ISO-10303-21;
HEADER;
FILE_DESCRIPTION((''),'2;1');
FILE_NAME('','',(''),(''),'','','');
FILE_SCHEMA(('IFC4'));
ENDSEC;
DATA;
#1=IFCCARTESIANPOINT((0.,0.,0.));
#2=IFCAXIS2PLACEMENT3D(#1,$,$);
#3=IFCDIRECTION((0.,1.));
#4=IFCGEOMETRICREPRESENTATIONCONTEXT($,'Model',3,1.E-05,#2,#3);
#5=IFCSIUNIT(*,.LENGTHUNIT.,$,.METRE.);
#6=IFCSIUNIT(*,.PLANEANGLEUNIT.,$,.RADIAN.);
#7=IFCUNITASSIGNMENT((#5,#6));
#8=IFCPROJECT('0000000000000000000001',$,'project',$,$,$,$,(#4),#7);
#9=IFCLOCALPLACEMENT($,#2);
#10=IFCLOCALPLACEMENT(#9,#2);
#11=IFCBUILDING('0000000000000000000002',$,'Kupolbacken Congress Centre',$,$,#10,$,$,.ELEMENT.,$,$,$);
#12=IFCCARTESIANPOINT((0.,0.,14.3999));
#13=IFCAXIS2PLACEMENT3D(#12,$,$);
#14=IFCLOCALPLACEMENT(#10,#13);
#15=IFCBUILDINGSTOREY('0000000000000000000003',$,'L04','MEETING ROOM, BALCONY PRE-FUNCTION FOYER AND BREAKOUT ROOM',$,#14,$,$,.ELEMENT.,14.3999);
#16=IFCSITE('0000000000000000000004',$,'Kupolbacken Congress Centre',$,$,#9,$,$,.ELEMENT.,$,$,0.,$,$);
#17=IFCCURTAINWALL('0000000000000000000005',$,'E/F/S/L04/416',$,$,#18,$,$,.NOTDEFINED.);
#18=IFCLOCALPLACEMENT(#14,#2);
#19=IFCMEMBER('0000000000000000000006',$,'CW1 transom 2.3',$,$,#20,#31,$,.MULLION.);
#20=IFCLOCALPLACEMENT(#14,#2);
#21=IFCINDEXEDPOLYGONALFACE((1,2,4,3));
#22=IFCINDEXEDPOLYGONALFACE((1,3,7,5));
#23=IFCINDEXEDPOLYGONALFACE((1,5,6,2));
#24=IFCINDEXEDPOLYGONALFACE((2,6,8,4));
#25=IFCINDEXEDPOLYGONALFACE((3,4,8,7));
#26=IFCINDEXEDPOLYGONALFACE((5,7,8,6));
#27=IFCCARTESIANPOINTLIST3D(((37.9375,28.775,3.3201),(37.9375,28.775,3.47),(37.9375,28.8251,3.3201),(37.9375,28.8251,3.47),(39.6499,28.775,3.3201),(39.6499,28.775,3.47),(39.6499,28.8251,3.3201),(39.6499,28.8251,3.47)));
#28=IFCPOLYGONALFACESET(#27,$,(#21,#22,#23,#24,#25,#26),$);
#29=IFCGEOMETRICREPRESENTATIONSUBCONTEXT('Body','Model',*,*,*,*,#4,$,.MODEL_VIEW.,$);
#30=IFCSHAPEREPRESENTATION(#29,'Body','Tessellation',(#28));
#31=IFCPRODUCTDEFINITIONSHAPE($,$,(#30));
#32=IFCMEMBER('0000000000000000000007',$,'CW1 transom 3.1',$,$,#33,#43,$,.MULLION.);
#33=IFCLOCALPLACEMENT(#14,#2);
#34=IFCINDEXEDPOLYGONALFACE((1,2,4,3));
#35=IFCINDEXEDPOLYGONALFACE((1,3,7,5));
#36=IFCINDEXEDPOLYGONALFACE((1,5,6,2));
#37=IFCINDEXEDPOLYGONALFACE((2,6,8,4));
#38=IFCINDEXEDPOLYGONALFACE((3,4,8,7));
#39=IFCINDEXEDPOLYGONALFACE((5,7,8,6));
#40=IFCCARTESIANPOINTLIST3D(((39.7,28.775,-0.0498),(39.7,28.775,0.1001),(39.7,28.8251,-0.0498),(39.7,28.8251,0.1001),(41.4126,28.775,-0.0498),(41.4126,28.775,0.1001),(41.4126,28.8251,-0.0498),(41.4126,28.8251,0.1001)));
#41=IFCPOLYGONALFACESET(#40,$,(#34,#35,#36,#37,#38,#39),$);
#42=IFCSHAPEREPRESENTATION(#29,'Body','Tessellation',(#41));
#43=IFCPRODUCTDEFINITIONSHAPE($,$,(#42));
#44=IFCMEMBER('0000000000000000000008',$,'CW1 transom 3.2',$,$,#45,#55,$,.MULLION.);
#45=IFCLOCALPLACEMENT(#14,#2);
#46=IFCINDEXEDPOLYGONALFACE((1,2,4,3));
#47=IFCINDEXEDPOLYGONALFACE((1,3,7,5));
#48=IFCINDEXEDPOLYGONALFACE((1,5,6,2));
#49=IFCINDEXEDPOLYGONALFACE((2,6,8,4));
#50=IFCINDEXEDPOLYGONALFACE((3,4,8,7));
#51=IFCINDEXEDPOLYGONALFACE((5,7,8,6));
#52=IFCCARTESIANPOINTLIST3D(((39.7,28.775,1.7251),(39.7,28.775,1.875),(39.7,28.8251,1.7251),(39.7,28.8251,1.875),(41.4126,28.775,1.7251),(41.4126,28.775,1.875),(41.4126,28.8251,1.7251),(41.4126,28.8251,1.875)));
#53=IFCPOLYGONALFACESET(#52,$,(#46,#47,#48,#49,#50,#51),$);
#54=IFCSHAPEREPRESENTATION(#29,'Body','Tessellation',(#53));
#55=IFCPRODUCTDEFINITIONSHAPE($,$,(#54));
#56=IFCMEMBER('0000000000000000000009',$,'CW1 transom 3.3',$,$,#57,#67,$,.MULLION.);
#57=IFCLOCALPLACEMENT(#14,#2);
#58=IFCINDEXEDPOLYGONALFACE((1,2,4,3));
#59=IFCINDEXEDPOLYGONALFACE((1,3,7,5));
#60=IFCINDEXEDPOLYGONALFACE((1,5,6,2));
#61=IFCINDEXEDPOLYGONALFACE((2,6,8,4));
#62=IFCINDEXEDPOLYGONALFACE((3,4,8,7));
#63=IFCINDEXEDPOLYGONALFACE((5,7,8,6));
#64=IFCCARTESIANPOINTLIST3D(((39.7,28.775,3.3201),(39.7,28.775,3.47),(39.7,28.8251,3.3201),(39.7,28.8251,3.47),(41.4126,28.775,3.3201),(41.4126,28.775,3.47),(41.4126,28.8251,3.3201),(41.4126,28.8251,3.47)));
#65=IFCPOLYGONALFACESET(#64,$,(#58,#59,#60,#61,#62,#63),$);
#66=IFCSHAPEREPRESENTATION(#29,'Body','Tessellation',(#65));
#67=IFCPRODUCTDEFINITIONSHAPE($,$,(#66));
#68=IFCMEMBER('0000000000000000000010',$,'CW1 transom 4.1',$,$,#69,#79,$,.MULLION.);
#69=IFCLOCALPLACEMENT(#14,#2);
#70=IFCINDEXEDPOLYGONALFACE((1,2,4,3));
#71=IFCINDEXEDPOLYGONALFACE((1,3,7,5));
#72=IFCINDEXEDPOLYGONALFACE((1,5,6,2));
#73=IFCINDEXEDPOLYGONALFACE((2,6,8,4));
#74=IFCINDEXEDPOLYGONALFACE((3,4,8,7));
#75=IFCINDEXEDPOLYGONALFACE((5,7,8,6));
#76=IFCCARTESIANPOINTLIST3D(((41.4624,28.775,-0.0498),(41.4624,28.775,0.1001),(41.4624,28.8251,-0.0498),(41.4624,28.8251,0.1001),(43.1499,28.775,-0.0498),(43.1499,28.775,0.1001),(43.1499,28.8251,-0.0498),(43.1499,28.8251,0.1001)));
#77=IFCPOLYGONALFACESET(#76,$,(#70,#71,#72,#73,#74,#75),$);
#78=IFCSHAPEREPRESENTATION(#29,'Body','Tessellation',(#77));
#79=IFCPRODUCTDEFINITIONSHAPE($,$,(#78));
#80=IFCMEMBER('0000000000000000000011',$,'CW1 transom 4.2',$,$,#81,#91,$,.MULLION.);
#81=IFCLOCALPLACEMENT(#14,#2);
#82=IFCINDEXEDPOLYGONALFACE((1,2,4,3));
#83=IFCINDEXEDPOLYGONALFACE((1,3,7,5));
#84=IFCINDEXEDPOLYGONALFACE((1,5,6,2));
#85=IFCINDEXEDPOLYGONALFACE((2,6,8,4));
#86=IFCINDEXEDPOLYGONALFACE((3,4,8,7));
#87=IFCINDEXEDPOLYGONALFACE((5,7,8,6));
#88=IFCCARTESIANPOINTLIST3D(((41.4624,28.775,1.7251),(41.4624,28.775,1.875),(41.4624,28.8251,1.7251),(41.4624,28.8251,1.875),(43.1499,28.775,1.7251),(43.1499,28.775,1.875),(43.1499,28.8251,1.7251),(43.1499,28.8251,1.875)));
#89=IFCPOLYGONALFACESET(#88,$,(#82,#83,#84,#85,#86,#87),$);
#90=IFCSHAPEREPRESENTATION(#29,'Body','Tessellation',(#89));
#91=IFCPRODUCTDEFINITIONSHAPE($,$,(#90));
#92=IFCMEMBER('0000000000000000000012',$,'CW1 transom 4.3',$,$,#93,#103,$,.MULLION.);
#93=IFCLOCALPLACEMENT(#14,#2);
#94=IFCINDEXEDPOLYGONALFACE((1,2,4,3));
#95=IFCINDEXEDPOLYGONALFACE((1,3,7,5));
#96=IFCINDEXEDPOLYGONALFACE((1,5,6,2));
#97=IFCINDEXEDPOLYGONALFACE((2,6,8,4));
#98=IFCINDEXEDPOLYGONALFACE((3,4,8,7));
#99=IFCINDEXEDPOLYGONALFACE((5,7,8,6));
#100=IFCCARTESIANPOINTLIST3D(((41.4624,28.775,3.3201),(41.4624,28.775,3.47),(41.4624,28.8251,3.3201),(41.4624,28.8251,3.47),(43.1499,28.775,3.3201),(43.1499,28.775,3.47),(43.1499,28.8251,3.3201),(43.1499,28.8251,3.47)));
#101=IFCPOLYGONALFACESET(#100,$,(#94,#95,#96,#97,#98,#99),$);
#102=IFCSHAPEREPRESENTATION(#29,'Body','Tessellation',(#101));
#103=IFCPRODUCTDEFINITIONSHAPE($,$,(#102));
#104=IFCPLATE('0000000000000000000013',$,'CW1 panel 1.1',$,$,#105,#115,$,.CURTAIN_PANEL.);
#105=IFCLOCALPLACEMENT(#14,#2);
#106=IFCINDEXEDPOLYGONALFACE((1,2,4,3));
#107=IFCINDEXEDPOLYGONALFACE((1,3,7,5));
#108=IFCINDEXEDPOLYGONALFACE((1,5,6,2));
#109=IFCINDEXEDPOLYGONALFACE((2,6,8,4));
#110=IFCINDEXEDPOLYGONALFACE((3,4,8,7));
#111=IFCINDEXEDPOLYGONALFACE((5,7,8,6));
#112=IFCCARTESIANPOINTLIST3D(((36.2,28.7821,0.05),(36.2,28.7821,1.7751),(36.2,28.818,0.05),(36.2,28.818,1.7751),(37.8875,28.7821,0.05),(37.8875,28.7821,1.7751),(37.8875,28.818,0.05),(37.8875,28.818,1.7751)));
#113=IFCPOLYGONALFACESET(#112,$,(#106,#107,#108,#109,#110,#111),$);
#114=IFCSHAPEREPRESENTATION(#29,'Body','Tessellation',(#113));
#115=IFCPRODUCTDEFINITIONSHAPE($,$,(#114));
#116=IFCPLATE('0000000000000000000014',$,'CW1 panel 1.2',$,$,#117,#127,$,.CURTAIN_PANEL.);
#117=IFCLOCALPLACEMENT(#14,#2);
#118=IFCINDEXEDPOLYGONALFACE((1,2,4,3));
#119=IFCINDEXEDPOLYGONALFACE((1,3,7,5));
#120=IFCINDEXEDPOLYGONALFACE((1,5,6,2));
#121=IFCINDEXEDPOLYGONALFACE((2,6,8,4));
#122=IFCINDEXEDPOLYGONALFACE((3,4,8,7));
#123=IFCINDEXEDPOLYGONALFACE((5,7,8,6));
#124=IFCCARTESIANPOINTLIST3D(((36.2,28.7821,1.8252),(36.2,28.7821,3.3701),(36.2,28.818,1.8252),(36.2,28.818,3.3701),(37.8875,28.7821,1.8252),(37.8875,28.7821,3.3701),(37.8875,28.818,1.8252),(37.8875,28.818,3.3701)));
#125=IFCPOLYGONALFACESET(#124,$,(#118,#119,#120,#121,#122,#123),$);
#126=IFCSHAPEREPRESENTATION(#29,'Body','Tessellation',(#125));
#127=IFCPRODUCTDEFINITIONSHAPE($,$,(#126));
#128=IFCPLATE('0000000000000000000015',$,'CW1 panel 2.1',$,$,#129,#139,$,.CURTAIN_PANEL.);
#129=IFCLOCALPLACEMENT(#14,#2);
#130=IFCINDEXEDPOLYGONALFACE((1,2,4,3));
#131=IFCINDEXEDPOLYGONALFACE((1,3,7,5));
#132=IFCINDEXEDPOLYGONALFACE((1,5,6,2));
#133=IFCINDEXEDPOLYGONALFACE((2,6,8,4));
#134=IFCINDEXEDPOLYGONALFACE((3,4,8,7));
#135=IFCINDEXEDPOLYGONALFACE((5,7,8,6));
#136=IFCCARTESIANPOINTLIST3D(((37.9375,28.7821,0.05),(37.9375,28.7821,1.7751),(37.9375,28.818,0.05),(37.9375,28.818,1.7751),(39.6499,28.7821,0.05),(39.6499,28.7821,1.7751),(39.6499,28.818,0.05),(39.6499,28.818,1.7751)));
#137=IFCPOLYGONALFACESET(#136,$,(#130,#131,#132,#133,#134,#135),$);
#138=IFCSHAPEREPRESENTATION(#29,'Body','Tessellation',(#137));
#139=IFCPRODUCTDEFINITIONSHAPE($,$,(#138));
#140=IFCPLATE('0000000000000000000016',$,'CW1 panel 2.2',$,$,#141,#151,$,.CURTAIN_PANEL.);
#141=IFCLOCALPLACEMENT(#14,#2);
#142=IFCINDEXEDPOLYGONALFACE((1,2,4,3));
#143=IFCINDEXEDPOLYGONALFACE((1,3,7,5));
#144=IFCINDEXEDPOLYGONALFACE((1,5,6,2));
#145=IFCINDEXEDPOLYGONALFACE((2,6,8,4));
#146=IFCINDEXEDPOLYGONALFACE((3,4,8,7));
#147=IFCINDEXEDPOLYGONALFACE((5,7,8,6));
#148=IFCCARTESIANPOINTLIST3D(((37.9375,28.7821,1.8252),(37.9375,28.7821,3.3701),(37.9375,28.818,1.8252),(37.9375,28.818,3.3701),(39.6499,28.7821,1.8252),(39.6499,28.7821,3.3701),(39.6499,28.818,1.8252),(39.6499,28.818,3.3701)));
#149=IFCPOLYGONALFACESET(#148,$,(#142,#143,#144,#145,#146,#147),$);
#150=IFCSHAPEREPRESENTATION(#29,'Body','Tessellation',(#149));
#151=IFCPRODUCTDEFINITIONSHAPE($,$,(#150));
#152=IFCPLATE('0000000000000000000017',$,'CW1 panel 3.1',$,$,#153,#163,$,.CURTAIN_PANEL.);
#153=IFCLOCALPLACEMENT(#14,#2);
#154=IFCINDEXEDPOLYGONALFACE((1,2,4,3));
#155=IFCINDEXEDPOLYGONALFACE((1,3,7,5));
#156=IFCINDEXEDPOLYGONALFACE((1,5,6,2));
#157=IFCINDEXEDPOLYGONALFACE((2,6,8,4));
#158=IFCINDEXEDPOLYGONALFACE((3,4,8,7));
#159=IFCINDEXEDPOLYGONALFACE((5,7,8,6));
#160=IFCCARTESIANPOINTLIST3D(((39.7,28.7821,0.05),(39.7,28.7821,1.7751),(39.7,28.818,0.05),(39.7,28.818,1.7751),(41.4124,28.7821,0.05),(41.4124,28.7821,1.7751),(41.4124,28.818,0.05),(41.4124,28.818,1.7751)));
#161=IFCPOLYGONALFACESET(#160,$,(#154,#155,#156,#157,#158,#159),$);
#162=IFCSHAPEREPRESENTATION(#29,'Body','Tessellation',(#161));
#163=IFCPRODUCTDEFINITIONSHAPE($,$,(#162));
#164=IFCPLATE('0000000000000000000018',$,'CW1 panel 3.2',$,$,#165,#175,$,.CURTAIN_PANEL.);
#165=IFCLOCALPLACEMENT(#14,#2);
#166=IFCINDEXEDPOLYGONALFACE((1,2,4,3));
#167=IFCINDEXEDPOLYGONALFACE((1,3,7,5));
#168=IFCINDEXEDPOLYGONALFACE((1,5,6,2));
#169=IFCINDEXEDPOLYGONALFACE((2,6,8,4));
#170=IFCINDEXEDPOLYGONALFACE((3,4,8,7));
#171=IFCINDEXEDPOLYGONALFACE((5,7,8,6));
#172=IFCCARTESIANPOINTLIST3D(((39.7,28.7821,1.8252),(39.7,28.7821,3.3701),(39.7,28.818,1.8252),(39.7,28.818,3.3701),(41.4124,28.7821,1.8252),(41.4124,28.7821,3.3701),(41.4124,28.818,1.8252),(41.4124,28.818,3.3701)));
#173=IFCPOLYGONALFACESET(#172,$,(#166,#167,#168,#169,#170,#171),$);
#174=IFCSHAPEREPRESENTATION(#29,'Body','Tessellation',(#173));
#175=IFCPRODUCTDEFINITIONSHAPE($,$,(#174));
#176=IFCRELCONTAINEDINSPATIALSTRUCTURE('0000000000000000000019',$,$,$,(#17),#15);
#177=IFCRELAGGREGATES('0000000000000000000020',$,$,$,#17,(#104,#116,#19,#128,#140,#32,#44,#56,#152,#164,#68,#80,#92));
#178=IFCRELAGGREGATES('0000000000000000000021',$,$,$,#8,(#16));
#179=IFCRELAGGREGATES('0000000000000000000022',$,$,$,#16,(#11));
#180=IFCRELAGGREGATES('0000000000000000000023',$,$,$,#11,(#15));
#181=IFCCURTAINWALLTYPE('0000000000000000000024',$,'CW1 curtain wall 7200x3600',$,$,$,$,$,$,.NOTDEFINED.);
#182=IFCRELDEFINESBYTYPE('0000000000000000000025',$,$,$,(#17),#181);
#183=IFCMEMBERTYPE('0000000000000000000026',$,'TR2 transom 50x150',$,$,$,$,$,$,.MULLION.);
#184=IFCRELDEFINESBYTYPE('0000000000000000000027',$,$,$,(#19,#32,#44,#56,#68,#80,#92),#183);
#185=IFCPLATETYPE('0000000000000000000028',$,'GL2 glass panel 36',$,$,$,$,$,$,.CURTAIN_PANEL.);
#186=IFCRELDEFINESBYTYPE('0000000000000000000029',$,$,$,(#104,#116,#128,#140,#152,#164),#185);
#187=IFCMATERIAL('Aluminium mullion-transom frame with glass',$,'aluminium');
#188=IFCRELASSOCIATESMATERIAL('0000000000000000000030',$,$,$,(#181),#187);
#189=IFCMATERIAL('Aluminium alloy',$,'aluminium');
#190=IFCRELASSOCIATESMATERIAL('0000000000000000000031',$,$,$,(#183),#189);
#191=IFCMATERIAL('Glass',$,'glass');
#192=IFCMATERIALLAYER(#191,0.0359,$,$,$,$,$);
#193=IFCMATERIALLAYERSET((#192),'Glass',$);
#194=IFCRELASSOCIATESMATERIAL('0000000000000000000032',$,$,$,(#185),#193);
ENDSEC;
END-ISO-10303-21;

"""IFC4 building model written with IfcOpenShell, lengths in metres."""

from ifc_helpers import new_model, si_unit, direction, frame, origin, origin_2d, place, context, subcontext, project, spatial, rectangle, extrude, material, layer, layer_set, material_profile, profile_set, type_object, element, aggregate, save


model = new_model("IFC4")

# Units and contexts
model_context = context("Model", 3, precision=1e-05, world=origin(), true_north=direction((0.0, 1.0)))
body_context = subcontext(model_context, "Body", "Model", "MODEL_VIEW")
ifc_project = project(units=[si_unit("LENGTHUNIT", "METRE"), si_unit("PLANEANGLEUNIT", "RADIAN")], contexts=[model_context])

# Site, building, storey
site_placement = place(None, origin())
site = spatial("IfcSite", under=ifc_project, at=site_placement, Name="Kupolbacken Congress Centre", CompositionType="ELEMENT", RefElevation=0.0)
building_placement = place(site_placement, origin())
building = spatial("IfcBuilding", under=site, at=building_placement, Name="Kupolbacken Congress Centre", CompositionType="ELEMENT")
storey_placement = place(building_placement, frame((0.0, 0.0, 14.3999)))
storey = spatial("IfcBuildingStorey", under=building, at=storey_placement, Name="L04", Description="MEETING ROOM, BALCONY PRE-FUNCTION FOYER AND BREAKOUT ROOM", CompositionType="ELEMENT", Elevation=14.3999)

# Curtain wall, members, plates
ifc_material_1 = material(Name="Aluminium mullion-transom frame with glass", Category="aluminium")
curtain_wall_type = type_object("IfcCurtainWallType", Name="CW1 curtain wall 7200x3600", PredefinedType="NOTDEFINED", material=ifc_material_1)
curtain_wall_placement = place(storey_placement, origin())
curtain_wall = element("IfcCurtainWall", 1, at=curtain_wall_placement, inside=storey, type_object=curtain_wall_type, Name="E/F/S/L04/416", PredefinedType="NOTDEFINED")
ifc_material_2 = material(Name="Aluminium alloy", Category="aluminium")
ifc_material_profile_1 = material_profile(ifc_material_2, rectangle(XDim=0.05, YDim=0.1499, at=origin_2d()), Name="50 x 150")
ifc_profile_set_1 = profile_set([ifc_material_profile_1], Name="Aluminium alloy")
member_type_1 = type_object("IfcMemberType", Name="TR2 transom 50x150", PredefinedType="MULLION", material=ifc_profile_set_1)
member_1_placement = place(storey_placement, frame((37.9375, 28.8, 3.395), z_axis=(1.0, 0.0, 0.0), x_axis=(0.0, 1.0, 0.0)))
member_1 = element("IfcMember", 2, at=member_1_placement, type_object=member_type_1, Name="CW1 transom 2.3", PredefinedType="MULLION", context=body_context, shape_type="SweptSolid", body=[
    extrude(rectangle(XDim=0.05, YDim=0.1499, at=origin_2d()), origin(), (0.0, 0.0, 1.0), 1.7124),
])
member_2_placement = place(storey_placement, frame((39.7, 28.8, 0.0251), z_axis=(1.0, 0.0, 0.0), x_axis=(0.0, 1.0, 0.0)))
member_2 = element("IfcMember", 3, at=member_2_placement, type_object=member_type_1, Name="CW1 transom 3.1", PredefinedType="MULLION", context=body_context, shape_type="SweptSolid", body=[
    extrude(rectangle(XDim=0.05, YDim=0.1499, at=origin_2d()), origin(), (0.0, 0.0, 1.0), 1.7126),
])
member_3_placement = place(storey_placement, frame((39.7, 28.8, 1.8), z_axis=(1.0, 0.0, 0.0), x_axis=(0.0, 1.0, 0.0)))
member_3 = element("IfcMember", 4, at=member_3_placement, type_object=member_type_1, Name="CW1 transom 3.2", PredefinedType="MULLION", context=body_context, shape_type="SweptSolid", body=[
    extrude(rectangle(XDim=0.05, YDim=0.1499, at=origin_2d()), origin(), (0.0, 0.0, 1.0), 1.7126),
])
member_4_placement = place(storey_placement, frame((39.7, 28.8, 3.395), z_axis=(1.0, 0.0, 0.0), x_axis=(0.0, 1.0, 0.0)))
member_4 = element("IfcMember", 5, at=member_4_placement, type_object=member_type_1, Name="CW1 transom 3.3", PredefinedType="MULLION", context=body_context, shape_type="SweptSolid", body=[
    extrude(rectangle(XDim=0.05, YDim=0.1499, at=origin_2d()), origin(), (0.0, 0.0, 1.0), 1.7126),
])
member_5_placement = place(storey_placement, frame((41.4624, 28.8, 0.0251), z_axis=(1.0, 0.0, 0.0), x_axis=(0.0, 1.0, 0.0)))
member_5 = element("IfcMember", 6, at=member_5_placement, type_object=member_type_1, Name="CW1 transom 4.1", PredefinedType="MULLION", context=body_context, shape_type="SweptSolid", body=[
    extrude(rectangle(XDim=0.05, YDim=0.1499, at=origin_2d()), origin(), (0.0, 0.0, 1.0), 1.6875),
])
member_6_placement = place(storey_placement, frame((41.4624, 28.8, 1.8), z_axis=(1.0, 0.0, 0.0), x_axis=(0.0, 1.0, 0.0)))
member_6 = element("IfcMember", 7, at=member_6_placement, type_object=member_type_1, Name="CW1 transom 4.2", PredefinedType="MULLION", context=body_context, shape_type="SweptSolid", body=[
    extrude(rectangle(XDim=0.05, YDim=0.1499, at=origin_2d()), origin(), (0.0, 0.0, 1.0), 1.6875),
])
member_7_placement = place(storey_placement, frame((41.4624, 28.8, 3.395), z_axis=(1.0, 0.0, 0.0), x_axis=(0.0, 1.0, 0.0)))
member_7 = element("IfcMember", 8, at=member_7_placement, type_object=member_type_1, Name="CW1 transom 4.3", PredefinedType="MULLION", context=body_context, shape_type="SweptSolid", body=[
    extrude(rectangle(XDim=0.05, YDim=0.1499, at=origin_2d()), origin(), (0.0, 0.0, 1.0), 1.6875),
])
ifc_material_3 = material(Name="Glass", Category="glass")
ifc_layer = layer(ifc_material_3, 0.0359)
ifc_layer_set = layer_set([ifc_layer], Name="Glass")
plate_type = type_object("IfcPlateType", Name="GL2 glass panel 36", PredefinedType="CURTAIN_PANEL", material=ifc_layer_set)
plate_1_placement = place(storey_placement, frame((37.0437, 28.8, 0.05), z_axis=(0.0, 0.0, 1.0), x_axis=(1.0, 0.0, 0.0)))
plate_1 = element("IfcPlate", 9, at=plate_1_placement, type_object=plate_type, Name="CW1 panel 1.1", PredefinedType="CURTAIN_PANEL", context=body_context, shape_type="SweptSolid", body=[
    extrude(rectangle(XDim=1.6875, YDim=0.0359, at=origin_2d()), origin(), (0.0, 0.0, 1.0), 1.7251),
])
plate_2_placement = place(storey_placement, frame((37.0437, 28.8, 1.8252), z_axis=(0.0, 0.0, 1.0), x_axis=(1.0, 0.0, 0.0)))
plate_2 = element("IfcPlate", 10, at=plate_2_placement, type_object=plate_type, Name="CW1 panel 1.2", PredefinedType="CURTAIN_PANEL", context=body_context, shape_type="SweptSolid", body=[
    extrude(rectangle(XDim=1.6875, YDim=0.0359, at=origin_2d()), origin(), (0.0, 0.0, 1.0), 1.5449),
])
plate_3_placement = place(storey_placement, frame((38.7937, 28.8, 0.05), z_axis=(0.0, 0.0, 1.0), x_axis=(1.0, 0.0, 0.0)))
plate_3 = element("IfcPlate", 11, at=plate_3_placement, type_object=plate_type, Name="CW1 panel 2.1", PredefinedType="CURTAIN_PANEL", context=body_context, shape_type="SweptSolid", body=[
    extrude(rectangle(XDim=1.7124, YDim=0.0359, at=origin_2d()), origin(), (0.0, 0.0, 1.0), 1.7251),
])
plate_4_placement = place(storey_placement, frame((38.7937, 28.8, 1.8252), z_axis=(0.0, 0.0, 1.0), x_axis=(1.0, 0.0, 0.0)))
plate_4 = element("IfcPlate", 12, at=plate_4_placement, type_object=plate_type, Name="CW1 panel 2.2", PredefinedType="CURTAIN_PANEL", context=body_context, shape_type="SweptSolid", body=[
    extrude(rectangle(XDim=1.7124, YDim=0.0359, at=origin_2d()), origin(), (0.0, 0.0, 1.0), 1.5449),
])
plate_5_placement = place(storey_placement, frame((40.5562, 28.8, 0.05), z_axis=(0.0, 0.0, 1.0), x_axis=(1.0, 0.0, 0.0)))
plate_5 = element("IfcPlate", 13, at=plate_5_placement, type_object=plate_type, Name="CW1 panel 3.1", PredefinedType="CURTAIN_PANEL", context=body_context, shape_type="SweptSolid", body=[
    extrude(rectangle(XDim=1.7124, YDim=0.0359, at=origin_2d()), origin(), (0.0, 0.0, 1.0), 1.7251),
])
plate_6_placement = place(storey_placement, frame((40.5562, 28.8, 1.8252), z_axis=(0.0, 0.0, 1.0), x_axis=(1.0, 0.0, 0.0)))
plate_6 = element("IfcPlate", 14, at=plate_6_placement, type_object=plate_type, Name="CW1 panel 3.2", PredefinedType="CURTAIN_PANEL", context=body_context, shape_type="SweptSolid", body=[
    extrude(rectangle(XDim=1.7124, YDim=0.0359, at=origin_2d()), origin(), (0.0, 0.0, 1.0), 1.5449),
])
aggregate(curtain_wall, [plate_1, plate_2, member_1, plate_3, plate_4, member_2, member_3, member_4, plate_5, plate_6, member_5, member_6, member_7])

save(model, "model.ifc")
